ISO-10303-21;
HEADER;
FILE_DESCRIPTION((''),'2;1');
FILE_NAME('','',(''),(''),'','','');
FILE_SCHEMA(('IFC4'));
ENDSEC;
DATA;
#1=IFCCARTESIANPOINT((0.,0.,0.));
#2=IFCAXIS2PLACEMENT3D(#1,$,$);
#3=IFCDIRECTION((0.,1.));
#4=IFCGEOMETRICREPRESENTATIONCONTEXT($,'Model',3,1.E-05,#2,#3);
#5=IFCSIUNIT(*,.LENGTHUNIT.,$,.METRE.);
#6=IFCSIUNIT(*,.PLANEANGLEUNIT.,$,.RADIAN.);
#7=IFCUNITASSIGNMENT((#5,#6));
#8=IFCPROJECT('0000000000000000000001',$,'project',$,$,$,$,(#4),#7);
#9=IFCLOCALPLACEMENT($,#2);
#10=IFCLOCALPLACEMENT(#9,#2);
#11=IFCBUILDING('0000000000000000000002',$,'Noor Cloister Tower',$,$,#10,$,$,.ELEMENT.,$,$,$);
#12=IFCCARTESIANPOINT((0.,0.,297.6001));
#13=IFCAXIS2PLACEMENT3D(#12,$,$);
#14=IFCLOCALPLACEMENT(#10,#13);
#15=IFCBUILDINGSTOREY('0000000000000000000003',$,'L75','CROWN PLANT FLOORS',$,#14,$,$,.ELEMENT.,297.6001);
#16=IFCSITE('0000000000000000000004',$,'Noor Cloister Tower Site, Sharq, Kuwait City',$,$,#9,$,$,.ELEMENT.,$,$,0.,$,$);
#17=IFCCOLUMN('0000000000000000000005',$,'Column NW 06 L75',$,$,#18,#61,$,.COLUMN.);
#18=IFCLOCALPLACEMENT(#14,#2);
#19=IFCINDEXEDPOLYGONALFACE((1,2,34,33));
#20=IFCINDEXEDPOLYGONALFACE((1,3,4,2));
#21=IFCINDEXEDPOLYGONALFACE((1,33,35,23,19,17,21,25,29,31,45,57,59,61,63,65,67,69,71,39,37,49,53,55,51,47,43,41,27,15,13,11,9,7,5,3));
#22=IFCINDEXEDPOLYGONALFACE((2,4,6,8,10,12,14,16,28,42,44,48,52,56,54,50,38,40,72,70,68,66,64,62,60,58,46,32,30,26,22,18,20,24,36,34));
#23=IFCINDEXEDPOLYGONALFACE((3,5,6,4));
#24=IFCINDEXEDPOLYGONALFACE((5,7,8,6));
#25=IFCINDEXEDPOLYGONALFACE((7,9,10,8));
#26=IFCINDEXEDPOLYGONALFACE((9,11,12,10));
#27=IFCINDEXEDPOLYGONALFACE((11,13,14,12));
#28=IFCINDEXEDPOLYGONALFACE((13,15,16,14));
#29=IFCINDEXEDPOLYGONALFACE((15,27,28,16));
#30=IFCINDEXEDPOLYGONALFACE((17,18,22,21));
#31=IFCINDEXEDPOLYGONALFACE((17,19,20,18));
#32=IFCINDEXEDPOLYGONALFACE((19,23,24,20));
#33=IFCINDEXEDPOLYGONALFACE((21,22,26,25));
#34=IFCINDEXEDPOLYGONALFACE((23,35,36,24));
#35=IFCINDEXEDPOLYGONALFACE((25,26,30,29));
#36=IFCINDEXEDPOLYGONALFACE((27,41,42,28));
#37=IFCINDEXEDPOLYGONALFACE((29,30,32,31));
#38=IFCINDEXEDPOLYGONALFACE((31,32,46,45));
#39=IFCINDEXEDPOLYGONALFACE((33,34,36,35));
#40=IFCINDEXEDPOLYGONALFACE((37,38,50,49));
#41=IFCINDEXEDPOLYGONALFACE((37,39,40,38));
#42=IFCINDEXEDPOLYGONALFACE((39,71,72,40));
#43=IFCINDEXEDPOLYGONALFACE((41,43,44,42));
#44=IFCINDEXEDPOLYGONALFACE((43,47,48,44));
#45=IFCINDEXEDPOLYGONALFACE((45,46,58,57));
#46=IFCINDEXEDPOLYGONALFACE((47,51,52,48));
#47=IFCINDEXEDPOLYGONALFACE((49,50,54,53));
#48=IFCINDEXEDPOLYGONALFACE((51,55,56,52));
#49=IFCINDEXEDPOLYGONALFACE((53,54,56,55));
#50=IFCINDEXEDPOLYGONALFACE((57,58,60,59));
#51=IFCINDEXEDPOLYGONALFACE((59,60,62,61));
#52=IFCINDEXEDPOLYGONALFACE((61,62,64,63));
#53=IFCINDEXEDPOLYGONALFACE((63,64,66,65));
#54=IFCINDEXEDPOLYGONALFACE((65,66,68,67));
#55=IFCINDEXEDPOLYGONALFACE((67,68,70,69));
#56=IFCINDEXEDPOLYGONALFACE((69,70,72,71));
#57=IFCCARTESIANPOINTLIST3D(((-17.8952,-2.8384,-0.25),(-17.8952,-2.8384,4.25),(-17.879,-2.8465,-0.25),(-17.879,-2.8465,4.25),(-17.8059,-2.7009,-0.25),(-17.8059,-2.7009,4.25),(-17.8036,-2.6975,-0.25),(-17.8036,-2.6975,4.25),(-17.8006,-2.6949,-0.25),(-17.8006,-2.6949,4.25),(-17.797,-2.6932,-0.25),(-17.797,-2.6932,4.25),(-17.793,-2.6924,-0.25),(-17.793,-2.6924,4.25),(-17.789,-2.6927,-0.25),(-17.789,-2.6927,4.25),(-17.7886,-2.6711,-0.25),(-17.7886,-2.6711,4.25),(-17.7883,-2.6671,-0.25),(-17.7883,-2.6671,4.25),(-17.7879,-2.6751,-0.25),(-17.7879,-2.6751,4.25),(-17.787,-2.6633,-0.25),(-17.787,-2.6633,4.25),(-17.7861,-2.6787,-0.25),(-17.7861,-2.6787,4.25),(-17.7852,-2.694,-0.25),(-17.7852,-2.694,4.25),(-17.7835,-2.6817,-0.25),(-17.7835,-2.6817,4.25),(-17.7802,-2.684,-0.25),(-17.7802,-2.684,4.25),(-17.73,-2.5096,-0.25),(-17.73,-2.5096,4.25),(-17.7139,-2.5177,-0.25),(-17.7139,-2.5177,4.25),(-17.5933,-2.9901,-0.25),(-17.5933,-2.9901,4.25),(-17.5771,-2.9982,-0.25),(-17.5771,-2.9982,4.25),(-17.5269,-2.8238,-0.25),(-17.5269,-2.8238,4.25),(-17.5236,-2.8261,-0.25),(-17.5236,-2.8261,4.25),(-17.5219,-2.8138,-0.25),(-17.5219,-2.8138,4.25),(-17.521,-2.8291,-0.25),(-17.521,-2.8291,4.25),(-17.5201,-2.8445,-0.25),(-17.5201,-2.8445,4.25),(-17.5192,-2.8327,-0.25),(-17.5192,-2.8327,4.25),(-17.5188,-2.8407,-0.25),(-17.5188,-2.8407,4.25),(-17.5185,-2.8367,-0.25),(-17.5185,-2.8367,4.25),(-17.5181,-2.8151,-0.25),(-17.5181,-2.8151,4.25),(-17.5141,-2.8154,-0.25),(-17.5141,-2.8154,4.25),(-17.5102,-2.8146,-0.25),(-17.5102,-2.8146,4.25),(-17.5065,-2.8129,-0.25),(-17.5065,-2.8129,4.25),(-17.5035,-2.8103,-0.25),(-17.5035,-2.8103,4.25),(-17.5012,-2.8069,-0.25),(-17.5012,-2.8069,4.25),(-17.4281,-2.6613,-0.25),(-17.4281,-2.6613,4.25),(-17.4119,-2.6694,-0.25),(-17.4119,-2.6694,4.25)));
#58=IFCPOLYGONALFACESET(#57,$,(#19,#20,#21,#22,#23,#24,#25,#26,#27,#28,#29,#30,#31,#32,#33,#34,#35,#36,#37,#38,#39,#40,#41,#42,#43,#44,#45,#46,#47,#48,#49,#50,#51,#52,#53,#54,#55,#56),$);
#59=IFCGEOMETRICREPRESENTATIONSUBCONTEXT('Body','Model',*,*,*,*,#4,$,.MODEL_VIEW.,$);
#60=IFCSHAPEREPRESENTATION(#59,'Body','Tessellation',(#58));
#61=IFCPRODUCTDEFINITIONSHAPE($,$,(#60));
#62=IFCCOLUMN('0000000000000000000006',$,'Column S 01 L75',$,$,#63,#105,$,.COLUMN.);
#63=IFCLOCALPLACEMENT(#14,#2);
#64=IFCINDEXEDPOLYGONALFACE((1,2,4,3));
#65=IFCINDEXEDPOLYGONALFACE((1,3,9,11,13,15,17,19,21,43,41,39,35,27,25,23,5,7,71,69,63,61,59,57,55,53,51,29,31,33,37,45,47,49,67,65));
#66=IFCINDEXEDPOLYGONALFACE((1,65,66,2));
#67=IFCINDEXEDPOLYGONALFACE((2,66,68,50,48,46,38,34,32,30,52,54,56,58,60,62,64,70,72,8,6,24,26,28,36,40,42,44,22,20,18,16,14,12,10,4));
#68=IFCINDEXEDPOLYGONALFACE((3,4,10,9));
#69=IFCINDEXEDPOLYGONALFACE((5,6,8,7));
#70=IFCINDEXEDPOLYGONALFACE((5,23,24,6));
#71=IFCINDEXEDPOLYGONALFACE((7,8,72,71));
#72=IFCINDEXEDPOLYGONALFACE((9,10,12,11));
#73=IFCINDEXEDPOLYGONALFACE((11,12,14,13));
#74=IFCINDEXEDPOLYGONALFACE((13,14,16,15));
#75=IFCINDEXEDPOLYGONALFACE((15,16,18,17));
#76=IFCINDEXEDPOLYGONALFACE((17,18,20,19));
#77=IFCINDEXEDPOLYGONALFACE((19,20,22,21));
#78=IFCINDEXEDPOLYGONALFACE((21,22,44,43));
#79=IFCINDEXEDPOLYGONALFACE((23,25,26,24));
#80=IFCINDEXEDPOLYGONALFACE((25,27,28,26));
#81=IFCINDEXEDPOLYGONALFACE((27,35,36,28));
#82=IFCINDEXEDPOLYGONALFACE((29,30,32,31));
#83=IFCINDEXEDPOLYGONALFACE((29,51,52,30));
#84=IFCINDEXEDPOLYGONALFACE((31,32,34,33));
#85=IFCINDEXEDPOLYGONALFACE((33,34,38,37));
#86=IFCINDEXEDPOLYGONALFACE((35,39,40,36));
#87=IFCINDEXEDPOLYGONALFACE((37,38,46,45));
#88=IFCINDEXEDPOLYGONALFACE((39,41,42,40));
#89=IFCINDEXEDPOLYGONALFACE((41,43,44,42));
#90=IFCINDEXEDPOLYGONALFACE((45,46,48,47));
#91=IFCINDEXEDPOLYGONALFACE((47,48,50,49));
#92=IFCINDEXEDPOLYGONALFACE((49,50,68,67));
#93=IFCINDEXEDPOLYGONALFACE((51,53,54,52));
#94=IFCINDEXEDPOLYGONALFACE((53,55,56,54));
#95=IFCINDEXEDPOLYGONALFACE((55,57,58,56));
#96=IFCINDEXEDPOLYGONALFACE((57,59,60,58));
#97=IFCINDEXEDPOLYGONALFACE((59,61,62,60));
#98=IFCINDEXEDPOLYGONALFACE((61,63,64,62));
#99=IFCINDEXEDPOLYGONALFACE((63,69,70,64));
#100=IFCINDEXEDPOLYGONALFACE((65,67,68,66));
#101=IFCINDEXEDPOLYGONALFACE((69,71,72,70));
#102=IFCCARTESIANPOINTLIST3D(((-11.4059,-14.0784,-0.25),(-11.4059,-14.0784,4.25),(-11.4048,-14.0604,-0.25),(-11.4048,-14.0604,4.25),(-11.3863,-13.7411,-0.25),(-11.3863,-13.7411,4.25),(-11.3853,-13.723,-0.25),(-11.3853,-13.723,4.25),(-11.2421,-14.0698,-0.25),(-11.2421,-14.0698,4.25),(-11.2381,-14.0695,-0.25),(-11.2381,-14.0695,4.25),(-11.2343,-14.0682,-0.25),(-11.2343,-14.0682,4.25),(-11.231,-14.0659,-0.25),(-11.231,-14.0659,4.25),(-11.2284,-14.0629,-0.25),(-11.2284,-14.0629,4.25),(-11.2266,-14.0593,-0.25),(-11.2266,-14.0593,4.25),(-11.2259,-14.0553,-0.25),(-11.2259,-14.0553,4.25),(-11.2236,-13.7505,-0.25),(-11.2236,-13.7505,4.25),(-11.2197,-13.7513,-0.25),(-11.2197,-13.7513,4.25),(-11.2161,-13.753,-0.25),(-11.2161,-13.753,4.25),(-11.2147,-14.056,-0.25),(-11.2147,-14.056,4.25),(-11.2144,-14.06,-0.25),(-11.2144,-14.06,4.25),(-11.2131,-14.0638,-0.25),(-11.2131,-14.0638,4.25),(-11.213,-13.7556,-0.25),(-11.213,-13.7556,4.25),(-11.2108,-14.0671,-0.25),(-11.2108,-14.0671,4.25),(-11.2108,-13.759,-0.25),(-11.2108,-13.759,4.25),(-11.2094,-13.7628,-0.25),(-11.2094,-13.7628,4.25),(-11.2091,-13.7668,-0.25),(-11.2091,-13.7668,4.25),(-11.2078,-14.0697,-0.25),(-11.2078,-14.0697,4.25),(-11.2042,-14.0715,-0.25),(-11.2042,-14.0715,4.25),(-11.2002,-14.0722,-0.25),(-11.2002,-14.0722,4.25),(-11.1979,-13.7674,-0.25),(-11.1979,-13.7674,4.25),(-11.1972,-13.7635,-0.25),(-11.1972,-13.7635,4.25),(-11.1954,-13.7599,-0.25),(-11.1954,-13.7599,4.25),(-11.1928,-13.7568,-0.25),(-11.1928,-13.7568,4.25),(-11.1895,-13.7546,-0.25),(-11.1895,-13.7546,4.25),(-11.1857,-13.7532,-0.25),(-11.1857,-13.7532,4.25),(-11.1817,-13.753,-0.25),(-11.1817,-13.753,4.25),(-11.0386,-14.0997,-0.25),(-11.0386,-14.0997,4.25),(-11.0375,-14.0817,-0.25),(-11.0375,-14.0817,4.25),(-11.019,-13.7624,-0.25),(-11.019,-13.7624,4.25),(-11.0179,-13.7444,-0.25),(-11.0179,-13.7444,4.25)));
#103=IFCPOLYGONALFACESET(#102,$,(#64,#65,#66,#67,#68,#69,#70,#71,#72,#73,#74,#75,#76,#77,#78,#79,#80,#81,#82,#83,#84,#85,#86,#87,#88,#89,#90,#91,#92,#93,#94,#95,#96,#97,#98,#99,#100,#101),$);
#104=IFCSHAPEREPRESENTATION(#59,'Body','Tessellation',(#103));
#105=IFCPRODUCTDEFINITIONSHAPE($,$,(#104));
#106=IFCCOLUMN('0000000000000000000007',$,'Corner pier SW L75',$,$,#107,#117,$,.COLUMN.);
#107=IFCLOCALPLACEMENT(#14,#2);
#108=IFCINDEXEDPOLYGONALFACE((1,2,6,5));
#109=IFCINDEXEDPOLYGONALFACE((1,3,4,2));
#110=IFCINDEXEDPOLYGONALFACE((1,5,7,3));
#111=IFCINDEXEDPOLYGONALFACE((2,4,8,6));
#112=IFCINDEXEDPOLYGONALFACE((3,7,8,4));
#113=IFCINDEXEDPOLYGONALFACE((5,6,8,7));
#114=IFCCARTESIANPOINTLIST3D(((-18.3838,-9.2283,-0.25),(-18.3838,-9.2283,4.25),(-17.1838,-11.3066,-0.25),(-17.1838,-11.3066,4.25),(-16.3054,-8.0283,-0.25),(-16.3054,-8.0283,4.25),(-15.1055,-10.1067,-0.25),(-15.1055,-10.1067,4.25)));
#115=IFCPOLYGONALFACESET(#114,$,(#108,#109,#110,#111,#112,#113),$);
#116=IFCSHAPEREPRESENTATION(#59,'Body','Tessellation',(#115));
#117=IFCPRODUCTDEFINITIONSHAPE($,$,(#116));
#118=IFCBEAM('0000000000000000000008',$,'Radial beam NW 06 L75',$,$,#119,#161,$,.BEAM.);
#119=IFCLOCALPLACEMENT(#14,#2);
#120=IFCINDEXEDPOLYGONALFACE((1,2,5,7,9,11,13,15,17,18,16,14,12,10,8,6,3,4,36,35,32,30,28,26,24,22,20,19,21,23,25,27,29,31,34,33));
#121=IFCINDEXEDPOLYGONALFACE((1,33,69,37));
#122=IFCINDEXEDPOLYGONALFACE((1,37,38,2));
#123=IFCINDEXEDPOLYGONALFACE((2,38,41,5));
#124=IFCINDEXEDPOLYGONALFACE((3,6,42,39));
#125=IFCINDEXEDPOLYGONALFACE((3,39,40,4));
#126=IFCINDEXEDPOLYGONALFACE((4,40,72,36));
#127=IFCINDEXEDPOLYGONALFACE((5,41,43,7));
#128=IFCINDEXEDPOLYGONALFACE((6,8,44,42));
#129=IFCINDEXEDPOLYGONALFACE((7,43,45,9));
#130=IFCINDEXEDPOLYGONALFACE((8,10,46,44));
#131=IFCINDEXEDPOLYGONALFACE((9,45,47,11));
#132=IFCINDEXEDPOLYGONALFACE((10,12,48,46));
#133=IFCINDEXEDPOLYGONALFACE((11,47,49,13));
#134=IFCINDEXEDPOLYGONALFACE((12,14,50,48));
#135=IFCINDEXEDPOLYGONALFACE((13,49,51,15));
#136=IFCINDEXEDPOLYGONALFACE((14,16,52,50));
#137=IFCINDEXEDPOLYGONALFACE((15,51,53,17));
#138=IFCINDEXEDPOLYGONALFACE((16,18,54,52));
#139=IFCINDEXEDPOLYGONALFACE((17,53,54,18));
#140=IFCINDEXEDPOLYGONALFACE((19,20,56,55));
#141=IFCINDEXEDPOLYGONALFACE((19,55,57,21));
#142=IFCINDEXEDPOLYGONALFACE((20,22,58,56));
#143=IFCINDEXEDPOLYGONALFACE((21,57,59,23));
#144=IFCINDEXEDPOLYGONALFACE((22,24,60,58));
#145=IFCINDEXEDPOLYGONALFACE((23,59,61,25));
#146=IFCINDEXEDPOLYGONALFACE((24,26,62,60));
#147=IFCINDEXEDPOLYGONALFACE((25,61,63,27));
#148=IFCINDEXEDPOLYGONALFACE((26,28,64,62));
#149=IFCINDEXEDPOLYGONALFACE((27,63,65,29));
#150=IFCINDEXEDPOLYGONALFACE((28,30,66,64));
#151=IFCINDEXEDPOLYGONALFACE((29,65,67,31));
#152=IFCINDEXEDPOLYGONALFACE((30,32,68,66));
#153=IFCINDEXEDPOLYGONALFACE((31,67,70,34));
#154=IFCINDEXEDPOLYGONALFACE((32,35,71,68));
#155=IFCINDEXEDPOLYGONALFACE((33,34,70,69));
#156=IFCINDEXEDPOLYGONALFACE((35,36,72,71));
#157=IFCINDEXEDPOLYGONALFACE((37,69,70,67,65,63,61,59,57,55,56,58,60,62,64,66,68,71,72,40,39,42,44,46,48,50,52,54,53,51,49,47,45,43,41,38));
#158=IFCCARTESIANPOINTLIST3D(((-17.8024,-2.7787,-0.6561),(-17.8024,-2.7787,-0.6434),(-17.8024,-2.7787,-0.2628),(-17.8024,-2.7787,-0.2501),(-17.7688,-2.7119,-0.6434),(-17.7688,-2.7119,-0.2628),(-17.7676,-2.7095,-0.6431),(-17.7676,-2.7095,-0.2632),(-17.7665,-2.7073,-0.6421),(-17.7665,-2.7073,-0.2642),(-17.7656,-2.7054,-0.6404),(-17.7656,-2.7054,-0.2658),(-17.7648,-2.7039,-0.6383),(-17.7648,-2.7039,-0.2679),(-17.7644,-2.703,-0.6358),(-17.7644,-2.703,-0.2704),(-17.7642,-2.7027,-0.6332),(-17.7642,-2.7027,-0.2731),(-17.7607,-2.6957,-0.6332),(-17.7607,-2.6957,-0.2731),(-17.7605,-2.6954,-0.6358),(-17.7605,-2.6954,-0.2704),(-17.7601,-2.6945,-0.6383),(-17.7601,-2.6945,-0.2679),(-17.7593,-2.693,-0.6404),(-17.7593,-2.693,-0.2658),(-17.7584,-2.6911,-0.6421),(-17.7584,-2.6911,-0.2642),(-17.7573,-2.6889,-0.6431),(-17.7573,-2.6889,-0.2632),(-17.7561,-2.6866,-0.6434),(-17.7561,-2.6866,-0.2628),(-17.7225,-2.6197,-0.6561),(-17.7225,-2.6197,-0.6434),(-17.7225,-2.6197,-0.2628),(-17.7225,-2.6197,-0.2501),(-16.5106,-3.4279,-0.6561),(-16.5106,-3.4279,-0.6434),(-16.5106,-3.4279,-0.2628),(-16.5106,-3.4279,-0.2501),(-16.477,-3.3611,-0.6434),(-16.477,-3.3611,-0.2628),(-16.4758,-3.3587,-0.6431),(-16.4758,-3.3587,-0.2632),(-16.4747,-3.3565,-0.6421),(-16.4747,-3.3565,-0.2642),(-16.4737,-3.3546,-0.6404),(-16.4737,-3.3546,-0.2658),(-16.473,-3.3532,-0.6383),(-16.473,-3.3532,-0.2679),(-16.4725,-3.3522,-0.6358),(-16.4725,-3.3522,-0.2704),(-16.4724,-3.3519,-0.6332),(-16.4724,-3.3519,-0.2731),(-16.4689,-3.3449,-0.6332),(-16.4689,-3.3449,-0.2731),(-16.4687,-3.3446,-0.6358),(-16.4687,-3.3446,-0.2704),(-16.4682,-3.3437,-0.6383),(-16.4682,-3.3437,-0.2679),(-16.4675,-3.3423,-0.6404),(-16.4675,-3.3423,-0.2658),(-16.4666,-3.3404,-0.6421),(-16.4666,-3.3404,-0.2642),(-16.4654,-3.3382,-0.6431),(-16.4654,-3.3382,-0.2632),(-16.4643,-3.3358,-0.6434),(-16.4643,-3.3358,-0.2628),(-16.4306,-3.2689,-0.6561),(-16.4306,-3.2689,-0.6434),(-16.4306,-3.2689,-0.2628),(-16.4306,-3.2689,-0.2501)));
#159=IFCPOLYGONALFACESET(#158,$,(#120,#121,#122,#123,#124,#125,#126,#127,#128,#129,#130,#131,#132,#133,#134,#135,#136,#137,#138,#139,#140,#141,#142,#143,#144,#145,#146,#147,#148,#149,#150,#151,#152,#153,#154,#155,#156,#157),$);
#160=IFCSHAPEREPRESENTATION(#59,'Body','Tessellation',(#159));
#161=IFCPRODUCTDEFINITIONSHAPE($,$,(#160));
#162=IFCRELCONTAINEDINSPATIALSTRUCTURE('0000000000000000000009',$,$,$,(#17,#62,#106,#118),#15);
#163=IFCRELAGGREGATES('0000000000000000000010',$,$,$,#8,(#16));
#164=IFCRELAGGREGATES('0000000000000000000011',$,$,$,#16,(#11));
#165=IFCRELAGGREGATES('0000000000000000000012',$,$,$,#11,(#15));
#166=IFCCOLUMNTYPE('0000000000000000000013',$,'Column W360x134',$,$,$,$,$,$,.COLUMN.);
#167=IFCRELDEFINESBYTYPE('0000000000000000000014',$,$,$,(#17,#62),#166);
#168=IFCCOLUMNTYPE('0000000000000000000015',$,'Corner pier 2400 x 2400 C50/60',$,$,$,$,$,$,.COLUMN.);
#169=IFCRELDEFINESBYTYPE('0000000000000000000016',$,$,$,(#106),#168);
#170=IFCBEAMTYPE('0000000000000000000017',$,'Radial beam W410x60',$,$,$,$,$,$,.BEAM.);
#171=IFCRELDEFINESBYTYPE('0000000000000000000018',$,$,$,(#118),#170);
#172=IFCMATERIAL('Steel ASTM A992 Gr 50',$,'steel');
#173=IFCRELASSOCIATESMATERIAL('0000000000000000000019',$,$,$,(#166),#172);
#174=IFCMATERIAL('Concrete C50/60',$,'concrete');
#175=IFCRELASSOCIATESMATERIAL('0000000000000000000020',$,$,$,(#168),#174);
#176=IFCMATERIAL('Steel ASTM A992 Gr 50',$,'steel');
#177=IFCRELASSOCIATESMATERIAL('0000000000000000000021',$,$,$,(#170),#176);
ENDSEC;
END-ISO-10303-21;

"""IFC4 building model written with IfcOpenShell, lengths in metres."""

from ifc_helpers import new_model, si_unit, direction, frame, origin, origin_2d, place, context, subcontext, project, spatial, rectangle, i_section, extrude, material, material_profile, profile_set, type_object, element, save


model = new_model("IFC4")

# Units and contexts
model_context = context("Model", 3, precision=1e-05, world=origin(), true_north=direction((0.0, 1.0)))
body_context = subcontext(model_context, "Body", "Model", "MODEL_VIEW")
ifc_project = project(units=[si_unit("LENGTHUNIT", "METRE"), si_unit("PLANEANGLEUNIT", "RADIAN")], contexts=[model_context])

# Site, building, storey
site_placement = place(None, origin())
site = spatial("IfcSite", under=ifc_project, at=site_placement, Name="Noor Cloister Tower Site, Sharq, Kuwait City", CompositionType="ELEMENT", RefElevation=0.0)
building_placement = place(site_placement, origin())
building = spatial("IfcBuilding", under=site, at=building_placement, Name="Noor Cloister Tower", CompositionType="ELEMENT")
storey_placement = place(building_placement, frame((0.0, 0.0, 297.6001)))
storey = spatial("IfcBuildingStorey", under=building, at=storey_placement, Name="L75", Description="CROWN PLANT FLOORS", CompositionType="ELEMENT", Elevation=297.6001)

# Columns
ifc_material_1 = material(Name="Steel ASTM A992 Gr 50", Category="steel")
ifc_material_profile_1 = material_profile(ifc_material_1, i_section(OverallWidth=0.3679, OverallDepth=0.356, WebThickness=0.0112, FlangeThickness=0.0181, FilletRadius=0.0154, at=origin_2d()), Name="W360x134")
ifc_profile_set_1 = profile_set([ifc_material_profile_1], Name="Steel ASTM A992 Gr 50")
column_type_1 = type_object("IfcColumnType", Name="Column W360x134", PredefinedType="COLUMN", material=ifc_profile_set_1)
for number, where, z_axis, x_axis, name in (
    (1, (-17.6536, -2.7539, -0.25), (0.0, 0.0, 1.0), (-0.448975, -0.893544, 0.0), "Column NW 06 L75"),
    (2, (-11.2119, -13.9114, -0.25), (0.0, 0.0, 1.0), (0.99832, -0.057948, 0.0), "Column S 01 L75"),
):
    element("IfcColumn", number, at=place(storey_placement, frame(where, z_axis=z_axis, x_axis=x_axis)), inside=storey, type_object=column_type_1, Name=name, PredefinedType="COLUMN", context=body_context, shape_type="SweptSolid", body=[
        extrude(i_section(OverallWidth=0.3679, OverallDepth=0.356, WebThickness=0.0112, FlangeThickness=0.0181, FilletRadius=0.0154, at=origin_2d()), origin(), (0.0, 0.0, 1.0), 4.5),
    ])
ifc_material_2 = material(Name="Concrete C50/60", Category="concrete")
ifc_material_profile_2 = material_profile(ifc_material_2, rectangle(XDim=2.3999, YDim=2.3999, at=origin_2d()), Name="RC 2400x2400")
ifc_profile_set_2 = profile_set([ifc_material_profile_2], Name="Concrete C50/60")
column_type_2 = type_object("IfcColumnType", Name="Corner pier 2400 x 2400 C50/60", PredefinedType="COLUMN", material=ifc_profile_set_2)
column_placement = place(storey_placement, frame((-16.7446, -9.6675, -0.25), z_axis=(0.0, 0.0, 1.0), x_axis=(-0.866025, -0.5, 0.0)))
element("IfcColumn", 3, at=column_placement, inside=storey, type_object=column_type_2, Name="Corner pier SW L75", PredefinedType="COLUMN", context=body_context, shape_type="SweptSolid", body=[
    extrude(rectangle(XDim=2.3999, YDim=2.3999, at=origin_2d()), origin(), (0.0, 0.0, 1.0), 4.5),
])

# Beam
ifc_material_3 = material(Name="Steel ASTM A992 Gr 50", Category="steel")
ifc_material_profile_3 = material_profile(ifc_material_3, i_section(OverallWidth=0.178, OverallDepth=0.406, WebThickness=0.0078, FlangeThickness=0.0127, FilletRadius=0.0103, at=origin_2d()), Name="W410x60")
ifc_profile_set_3 = profile_set([ifc_material_profile_3], Name="Steel ASTM A992 Gr 50")
beam_type_1 = type_object("IfcBeamType", Name="Radial beam W410x60", PredefinedType="BEAM", material=ifc_profile_set_3)
beam_1_placement = place(storey_placement, frame((-17.7625, -2.6992, -0.4531), z_axis=(0.893513, -0.449037, 0.0), x_axis=(0.449037, 0.893513, 0.0)))
element("IfcBeam", 4, at=beam_1_placement, inside=storey, type_object=beam_type_1, Name="Radial beam NW 06 L75", PredefinedType="BEAM", context=body_context, shape_type="SweptSolid", body=[
    extrude(i_section(OverallWidth=0.178, OverallDepth=0.406, WebThickness=0.0078, FlangeThickness=0.0127, FilletRadius=0.0103, at=origin_2d()), origin(), (0.0, 0.0, 1.0), 1.4458),
])

save(model, "model.ifc")
